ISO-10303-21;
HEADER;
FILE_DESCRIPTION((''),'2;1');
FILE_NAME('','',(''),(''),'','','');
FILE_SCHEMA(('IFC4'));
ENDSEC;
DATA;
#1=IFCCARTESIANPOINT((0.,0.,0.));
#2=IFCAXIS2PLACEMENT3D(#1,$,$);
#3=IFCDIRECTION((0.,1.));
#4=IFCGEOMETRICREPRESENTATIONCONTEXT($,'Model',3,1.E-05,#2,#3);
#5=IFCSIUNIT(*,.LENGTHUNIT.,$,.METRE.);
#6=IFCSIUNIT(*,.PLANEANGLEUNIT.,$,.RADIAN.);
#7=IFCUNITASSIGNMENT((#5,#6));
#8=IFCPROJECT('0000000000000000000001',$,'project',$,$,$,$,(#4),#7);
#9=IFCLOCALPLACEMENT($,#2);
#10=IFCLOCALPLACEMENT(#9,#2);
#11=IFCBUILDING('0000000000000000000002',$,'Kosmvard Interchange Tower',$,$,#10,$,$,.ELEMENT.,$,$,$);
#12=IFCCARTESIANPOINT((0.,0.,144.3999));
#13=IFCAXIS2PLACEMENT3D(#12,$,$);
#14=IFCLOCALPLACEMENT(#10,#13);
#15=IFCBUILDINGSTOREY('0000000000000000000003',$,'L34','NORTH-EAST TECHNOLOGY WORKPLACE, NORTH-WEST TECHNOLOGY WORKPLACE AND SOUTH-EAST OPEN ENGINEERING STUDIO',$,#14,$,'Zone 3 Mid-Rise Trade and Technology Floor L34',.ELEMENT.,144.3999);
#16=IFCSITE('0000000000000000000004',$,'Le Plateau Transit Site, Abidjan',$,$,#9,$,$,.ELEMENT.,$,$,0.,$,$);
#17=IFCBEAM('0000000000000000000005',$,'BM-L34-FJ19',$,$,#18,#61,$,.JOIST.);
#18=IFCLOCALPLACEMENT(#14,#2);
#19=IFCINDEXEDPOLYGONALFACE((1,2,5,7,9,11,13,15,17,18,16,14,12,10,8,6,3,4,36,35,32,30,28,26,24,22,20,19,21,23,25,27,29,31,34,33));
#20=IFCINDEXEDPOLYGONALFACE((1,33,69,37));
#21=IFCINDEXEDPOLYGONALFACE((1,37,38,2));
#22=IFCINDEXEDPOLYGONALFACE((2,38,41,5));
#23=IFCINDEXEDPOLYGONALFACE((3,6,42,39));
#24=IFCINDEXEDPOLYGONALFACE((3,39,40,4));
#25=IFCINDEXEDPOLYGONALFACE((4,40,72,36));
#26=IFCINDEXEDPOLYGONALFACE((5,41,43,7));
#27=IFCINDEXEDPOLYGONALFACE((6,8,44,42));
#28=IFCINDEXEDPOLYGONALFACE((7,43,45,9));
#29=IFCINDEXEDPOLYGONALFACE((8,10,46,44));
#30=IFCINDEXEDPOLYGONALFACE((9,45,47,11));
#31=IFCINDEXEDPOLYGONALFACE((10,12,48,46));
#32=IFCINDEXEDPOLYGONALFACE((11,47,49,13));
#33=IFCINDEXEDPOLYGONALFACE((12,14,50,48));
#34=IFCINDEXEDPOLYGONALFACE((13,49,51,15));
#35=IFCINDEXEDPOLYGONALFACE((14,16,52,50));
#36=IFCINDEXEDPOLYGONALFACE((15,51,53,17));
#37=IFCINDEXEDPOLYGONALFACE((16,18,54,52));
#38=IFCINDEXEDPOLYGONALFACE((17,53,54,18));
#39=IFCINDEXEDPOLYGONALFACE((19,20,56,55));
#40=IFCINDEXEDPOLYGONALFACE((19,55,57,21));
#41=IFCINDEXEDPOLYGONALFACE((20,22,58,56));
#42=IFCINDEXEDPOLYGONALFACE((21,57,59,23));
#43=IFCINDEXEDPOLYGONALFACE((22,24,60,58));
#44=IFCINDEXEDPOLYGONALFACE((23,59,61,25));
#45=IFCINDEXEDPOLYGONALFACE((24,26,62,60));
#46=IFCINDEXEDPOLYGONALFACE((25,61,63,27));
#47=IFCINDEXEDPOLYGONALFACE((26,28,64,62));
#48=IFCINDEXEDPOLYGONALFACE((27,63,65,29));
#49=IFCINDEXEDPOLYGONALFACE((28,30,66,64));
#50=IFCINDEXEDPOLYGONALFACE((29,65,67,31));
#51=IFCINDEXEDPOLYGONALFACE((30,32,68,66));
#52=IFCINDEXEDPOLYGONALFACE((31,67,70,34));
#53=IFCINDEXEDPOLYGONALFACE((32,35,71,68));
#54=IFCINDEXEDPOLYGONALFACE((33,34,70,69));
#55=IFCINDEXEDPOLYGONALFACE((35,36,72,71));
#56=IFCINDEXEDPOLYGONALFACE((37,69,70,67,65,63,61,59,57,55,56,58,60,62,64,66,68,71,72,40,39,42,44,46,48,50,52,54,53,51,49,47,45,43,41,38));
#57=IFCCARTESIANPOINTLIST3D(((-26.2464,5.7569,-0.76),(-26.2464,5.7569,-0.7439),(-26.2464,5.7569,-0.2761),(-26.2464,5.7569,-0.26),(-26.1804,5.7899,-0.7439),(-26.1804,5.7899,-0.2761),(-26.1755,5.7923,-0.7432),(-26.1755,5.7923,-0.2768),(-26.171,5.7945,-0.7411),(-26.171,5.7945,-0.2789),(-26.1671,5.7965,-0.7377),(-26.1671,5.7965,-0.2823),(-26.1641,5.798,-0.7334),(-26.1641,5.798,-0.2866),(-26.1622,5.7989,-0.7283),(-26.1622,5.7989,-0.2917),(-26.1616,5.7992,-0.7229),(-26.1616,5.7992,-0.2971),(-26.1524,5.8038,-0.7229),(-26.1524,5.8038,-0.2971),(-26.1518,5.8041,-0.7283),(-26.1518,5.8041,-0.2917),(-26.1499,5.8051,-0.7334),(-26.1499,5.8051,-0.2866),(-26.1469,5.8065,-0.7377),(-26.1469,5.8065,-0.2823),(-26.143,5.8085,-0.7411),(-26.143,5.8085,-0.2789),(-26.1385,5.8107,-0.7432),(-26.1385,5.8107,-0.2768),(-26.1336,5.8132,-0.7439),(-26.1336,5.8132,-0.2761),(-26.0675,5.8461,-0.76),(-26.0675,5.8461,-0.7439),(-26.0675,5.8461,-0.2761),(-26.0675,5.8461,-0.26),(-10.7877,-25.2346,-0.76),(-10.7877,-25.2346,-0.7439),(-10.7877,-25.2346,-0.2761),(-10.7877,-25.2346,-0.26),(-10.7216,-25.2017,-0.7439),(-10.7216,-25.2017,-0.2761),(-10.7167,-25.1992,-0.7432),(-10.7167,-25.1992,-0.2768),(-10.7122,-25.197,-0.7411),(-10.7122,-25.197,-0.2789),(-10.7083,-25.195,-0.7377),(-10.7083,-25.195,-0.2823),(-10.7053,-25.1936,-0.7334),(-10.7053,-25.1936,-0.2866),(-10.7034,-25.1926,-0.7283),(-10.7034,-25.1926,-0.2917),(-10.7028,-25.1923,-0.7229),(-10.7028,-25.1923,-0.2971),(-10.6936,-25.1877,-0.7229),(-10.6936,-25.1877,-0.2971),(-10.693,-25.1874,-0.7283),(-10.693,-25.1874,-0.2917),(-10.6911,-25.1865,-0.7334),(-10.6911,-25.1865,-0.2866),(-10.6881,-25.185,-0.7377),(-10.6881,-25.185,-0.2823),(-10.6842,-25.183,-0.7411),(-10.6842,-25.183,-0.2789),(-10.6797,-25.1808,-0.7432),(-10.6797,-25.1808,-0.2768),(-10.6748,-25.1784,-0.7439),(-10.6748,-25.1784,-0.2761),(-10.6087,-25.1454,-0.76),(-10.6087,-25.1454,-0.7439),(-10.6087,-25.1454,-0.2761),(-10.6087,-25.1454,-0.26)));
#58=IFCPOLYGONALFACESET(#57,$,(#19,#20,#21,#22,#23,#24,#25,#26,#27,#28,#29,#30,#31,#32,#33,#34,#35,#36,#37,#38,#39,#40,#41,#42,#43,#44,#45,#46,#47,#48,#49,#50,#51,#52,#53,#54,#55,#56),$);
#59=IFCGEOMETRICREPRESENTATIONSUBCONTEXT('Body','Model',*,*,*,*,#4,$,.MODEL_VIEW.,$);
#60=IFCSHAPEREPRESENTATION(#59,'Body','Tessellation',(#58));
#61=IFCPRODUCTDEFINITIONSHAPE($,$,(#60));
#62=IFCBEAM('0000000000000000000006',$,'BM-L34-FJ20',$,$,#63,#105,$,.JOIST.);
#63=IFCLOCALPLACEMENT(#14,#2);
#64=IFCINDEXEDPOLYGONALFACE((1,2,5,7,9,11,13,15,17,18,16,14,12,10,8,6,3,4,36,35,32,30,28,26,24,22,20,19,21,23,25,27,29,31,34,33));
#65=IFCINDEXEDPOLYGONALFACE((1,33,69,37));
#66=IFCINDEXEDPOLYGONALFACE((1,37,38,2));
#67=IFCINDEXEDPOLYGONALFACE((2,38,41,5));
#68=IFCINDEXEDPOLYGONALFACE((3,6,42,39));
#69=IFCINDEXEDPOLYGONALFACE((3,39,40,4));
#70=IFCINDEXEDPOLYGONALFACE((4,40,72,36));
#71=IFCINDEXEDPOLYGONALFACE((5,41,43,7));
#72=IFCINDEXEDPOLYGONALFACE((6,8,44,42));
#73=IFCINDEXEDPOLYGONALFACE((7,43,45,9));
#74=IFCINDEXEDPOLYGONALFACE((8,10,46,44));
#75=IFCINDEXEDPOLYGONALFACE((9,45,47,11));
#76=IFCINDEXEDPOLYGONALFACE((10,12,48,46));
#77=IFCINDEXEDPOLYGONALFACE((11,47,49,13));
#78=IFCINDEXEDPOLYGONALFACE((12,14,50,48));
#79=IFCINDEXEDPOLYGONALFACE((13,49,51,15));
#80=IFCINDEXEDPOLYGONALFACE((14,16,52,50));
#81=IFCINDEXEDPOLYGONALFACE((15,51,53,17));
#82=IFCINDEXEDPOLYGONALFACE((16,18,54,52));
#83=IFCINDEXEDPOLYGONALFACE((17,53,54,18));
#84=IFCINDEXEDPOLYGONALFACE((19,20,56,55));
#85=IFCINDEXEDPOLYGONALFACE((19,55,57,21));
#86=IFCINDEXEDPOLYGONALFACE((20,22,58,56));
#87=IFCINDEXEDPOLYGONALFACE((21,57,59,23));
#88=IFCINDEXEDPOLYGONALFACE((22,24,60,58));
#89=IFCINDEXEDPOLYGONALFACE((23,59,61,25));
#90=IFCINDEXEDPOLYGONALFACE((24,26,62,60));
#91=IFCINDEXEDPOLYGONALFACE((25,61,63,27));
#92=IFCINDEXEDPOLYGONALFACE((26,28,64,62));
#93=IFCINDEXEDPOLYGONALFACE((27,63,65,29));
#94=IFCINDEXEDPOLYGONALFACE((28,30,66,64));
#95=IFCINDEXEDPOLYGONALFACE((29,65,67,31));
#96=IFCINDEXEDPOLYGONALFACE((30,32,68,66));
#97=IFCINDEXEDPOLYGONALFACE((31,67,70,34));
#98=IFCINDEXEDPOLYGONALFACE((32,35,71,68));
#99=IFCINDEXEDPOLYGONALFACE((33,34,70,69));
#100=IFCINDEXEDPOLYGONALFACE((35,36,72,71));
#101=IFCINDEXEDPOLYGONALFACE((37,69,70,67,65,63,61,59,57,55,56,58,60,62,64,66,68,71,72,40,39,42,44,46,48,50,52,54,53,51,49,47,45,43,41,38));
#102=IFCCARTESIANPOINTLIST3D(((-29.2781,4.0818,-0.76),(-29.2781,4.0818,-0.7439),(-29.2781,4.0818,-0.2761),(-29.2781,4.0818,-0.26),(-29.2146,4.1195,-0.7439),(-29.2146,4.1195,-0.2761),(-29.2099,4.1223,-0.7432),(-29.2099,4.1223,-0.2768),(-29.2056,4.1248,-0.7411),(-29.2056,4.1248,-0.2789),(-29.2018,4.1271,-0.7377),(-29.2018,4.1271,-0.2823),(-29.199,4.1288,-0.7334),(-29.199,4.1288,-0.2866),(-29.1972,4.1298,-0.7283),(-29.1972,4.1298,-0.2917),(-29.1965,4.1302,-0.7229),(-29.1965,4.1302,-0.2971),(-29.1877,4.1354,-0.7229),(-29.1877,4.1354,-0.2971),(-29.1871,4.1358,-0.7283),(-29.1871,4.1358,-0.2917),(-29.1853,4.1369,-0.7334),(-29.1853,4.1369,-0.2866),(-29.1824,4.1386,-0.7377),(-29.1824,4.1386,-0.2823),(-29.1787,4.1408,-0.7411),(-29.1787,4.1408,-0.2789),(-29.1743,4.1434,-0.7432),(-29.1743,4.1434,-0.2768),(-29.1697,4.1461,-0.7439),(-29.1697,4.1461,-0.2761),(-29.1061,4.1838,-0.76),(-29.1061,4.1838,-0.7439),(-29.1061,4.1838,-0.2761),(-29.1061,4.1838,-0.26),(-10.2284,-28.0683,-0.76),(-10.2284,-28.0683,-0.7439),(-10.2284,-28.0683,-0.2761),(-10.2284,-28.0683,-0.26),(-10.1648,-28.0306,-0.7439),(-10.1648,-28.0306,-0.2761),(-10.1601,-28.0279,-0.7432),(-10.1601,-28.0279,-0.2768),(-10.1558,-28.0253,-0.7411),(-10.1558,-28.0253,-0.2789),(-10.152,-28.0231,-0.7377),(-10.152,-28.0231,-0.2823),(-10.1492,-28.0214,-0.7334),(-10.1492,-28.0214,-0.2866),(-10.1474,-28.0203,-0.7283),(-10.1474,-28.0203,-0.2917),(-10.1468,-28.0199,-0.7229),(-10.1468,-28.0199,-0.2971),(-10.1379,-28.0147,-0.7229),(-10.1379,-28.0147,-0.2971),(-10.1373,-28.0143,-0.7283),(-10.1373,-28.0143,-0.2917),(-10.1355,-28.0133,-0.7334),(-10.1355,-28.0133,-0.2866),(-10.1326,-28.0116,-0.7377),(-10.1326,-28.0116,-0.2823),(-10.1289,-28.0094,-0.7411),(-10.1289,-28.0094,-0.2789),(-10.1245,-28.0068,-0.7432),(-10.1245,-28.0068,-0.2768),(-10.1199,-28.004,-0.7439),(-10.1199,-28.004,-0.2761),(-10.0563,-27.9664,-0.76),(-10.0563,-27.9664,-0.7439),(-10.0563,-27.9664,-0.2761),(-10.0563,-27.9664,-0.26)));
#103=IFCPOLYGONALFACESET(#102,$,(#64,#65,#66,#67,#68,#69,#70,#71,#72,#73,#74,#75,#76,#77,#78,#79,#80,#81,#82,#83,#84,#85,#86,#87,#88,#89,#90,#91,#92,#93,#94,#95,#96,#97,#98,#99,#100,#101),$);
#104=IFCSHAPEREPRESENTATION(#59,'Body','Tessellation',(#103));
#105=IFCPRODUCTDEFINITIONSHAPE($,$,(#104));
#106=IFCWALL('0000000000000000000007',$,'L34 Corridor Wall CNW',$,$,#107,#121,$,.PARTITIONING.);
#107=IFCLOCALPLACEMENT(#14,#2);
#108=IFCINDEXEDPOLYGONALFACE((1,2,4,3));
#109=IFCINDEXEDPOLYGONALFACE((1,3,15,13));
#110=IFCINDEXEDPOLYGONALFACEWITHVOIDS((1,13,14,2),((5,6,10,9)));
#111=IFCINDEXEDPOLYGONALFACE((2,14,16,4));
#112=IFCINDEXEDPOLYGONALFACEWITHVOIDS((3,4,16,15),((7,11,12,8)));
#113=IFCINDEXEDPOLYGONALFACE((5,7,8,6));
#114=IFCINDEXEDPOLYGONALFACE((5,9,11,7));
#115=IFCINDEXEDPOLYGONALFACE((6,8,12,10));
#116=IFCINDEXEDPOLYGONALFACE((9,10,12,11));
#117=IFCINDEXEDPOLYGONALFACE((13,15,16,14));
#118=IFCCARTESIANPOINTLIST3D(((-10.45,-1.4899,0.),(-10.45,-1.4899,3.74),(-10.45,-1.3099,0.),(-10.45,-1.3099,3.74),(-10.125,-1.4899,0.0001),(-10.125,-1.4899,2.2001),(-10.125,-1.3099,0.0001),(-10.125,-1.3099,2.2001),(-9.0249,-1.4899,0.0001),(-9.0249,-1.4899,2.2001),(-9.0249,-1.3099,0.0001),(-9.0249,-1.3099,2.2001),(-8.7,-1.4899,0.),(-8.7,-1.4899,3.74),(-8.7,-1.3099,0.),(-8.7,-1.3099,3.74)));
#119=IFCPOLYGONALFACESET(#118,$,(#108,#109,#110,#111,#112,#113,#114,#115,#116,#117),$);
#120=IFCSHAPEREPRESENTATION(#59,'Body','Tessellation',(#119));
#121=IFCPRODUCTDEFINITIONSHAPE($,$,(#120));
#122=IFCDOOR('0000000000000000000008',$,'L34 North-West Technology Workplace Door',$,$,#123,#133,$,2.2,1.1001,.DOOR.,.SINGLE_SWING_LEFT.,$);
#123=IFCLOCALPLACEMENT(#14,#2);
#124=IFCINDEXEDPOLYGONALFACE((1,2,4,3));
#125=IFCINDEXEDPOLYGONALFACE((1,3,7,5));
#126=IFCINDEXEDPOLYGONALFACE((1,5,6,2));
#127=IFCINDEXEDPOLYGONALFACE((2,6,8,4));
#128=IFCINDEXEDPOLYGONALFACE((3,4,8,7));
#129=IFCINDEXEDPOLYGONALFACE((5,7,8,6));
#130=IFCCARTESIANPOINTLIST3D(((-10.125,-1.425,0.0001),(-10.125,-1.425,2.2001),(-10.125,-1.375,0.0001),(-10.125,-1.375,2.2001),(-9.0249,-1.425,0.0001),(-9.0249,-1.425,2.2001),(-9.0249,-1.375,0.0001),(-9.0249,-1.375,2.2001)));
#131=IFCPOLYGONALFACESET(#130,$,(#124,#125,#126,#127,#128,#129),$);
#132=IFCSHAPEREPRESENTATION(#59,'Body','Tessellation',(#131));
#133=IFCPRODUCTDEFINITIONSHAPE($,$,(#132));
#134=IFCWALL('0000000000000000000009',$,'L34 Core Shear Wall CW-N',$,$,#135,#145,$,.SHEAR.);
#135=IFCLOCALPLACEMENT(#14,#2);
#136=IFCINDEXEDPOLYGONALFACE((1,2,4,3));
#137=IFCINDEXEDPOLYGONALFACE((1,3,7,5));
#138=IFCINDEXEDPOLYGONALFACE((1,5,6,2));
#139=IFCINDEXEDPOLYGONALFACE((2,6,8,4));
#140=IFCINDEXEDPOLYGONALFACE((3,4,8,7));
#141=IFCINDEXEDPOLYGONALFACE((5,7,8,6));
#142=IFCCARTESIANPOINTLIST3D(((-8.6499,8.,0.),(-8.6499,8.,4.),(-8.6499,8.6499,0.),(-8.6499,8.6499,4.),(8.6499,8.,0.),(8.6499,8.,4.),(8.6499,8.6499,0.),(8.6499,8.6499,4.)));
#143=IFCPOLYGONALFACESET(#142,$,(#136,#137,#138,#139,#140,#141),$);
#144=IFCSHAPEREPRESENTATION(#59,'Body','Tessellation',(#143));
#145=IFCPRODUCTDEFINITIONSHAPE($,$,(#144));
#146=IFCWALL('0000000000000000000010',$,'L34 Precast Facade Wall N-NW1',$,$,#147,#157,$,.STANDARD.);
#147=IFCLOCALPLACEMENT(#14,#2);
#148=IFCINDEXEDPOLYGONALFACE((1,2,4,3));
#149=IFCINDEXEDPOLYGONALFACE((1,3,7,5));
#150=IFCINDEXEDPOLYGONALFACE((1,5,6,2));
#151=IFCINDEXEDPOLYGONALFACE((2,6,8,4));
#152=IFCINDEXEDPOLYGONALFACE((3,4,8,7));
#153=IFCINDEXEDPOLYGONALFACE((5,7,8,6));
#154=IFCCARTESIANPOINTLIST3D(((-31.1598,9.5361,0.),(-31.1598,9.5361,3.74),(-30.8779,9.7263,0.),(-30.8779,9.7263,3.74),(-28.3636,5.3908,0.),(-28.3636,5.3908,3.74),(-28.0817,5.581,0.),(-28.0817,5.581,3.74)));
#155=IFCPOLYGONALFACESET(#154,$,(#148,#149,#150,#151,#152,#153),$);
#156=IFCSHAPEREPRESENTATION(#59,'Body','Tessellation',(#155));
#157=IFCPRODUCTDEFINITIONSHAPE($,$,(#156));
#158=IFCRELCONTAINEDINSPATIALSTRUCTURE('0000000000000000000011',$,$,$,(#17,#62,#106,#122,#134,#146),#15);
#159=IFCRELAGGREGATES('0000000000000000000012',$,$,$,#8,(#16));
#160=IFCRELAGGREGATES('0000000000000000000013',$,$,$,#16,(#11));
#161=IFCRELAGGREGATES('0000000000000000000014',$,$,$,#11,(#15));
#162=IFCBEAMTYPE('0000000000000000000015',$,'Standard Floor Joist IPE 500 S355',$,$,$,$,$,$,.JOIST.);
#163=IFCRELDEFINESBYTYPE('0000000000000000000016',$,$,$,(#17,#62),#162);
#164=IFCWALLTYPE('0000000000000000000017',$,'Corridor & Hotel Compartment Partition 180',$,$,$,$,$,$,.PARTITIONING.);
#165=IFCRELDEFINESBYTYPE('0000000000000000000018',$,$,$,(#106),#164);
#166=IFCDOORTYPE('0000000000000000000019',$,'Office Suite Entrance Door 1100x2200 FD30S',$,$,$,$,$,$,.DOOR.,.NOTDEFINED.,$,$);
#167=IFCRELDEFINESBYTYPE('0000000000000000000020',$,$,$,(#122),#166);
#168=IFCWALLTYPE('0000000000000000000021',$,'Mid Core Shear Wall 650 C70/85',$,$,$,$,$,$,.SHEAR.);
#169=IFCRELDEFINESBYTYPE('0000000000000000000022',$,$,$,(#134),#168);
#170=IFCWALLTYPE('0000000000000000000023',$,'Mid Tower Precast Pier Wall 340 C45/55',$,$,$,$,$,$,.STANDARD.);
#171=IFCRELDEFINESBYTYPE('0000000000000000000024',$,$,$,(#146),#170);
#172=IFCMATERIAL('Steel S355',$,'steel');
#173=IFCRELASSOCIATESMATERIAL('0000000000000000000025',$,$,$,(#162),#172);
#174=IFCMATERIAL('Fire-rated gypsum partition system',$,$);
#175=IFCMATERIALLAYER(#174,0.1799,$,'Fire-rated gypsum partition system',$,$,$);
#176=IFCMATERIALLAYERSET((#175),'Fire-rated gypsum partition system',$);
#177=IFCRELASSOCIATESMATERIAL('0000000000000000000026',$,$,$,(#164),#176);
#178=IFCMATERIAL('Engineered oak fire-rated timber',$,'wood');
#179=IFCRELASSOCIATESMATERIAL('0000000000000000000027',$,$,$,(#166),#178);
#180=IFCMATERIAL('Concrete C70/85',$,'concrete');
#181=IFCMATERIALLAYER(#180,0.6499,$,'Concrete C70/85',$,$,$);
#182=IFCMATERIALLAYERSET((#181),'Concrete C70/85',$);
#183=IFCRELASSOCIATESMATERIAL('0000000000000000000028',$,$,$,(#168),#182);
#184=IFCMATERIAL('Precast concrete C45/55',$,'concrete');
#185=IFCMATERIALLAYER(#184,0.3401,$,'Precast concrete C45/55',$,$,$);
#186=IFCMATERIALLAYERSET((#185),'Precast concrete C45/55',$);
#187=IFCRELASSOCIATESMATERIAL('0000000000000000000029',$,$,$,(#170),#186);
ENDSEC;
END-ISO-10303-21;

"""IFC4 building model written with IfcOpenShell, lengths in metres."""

from ifc_helpers import new_model, si_unit, direction, frame, frame_2d, origin, origin_2d, place, context, subcontext, project, spatial, rectangle, i_section, extrude, source, transform, mapped, material, layer, layer_set, material_profile, profile_set, type_object, element, fill, save


model = new_model("IFC4")

# Units and contexts
model_context = context("Model", 3, precision=1e-05, world=origin(), true_north=direction((0.0, 1.0)))
body_context = subcontext(model_context, "Body", "Model", "MODEL_VIEW")
ifc_project = project(units=[si_unit("LENGTHUNIT", "METRE"), si_unit("PLANEANGLEUNIT", "RADIAN")], contexts=[model_context])

# Site, building, storey
site_placement = place(None, origin())
site = spatial("IfcSite", under=ifc_project, at=site_placement, Name="Le Plateau Transit Site, Abidjan", CompositionType="ELEMENT", RefElevation=0.0)
building_placement = place(site_placement, origin())
building = spatial("IfcBuilding", under=site, at=building_placement, Name="Kosmvard Interchange Tower", CompositionType="ELEMENT")
storey_placement = place(building_placement, frame((0.0, 0.0, 144.3999)))
storey = spatial("IfcBuildingStorey", under=building, at=storey_placement, Name="L34", Description="NORTH-EAST TECHNOLOGY WORKPLACE, NORTH-WEST TECHNOLOGY WORKPLACE AND SOUTH-EAST OPEN ENGINEERING STUDIO", LongName="Zone 3 Mid-Rise Trade and Technology Floor L34", CompositionType="ELEMENT", Elevation=144.3999)

# Beams
ifc_material_1 = material(Name="Steel S355", Category="steel")
ifc_material_2 = material(Name="Precast concrete C45/55", Category="concrete")
ifc_material_profile_1 = material_profile(ifc_material_1, i_section(OverallWidth=0.2, OverallDepth=0.5, WebThickness=0.0103, FlangeThickness=0.0161, FilletRadius=0.021, at=origin_2d()), Name="IPE 500")
ifc_profile_set_1 = profile_set([ifc_material_profile_1], Name="Steel S355")
beam_type_1 = type_object("IfcBeamType", Name="Standard Floor Joist IPE 500 S355", PredefinedType="JOIST", material=ifc_profile_set_1)
shared_shape_1 = source(origin(), body_context, "Body", "SweptSolid", [
    extrude(i_section(OverallWidth=0.2, OverallDepth=0.5, WebThickness=0.0103, FlangeThickness=0.0161, FilletRadius=0.021, at=origin_2d()), origin(), (0.0, 0.0, 1.0), 34.6331),
])
beam_1_placement = place(storey_placement, frame((-26.157, 5.8015, -0.51), z_axis=(0.446359, -0.894854, 0.0), x_axis=(0.894854, 0.446359, 0.0)))
element("IfcBeam", 1, at=beam_1_placement, inside=storey, type_object=beam_type_1, Name="BM-L34-FJ19", PredefinedType="JOIST", context=body_context, shape_type="MappedRepresentation", body=[
    mapped(shared_shape_1, transform((0.0, 0.0, 0.0), scale=1.0)),
])
shared_shape_2 = source(origin(), body_context, "Body", "SweptSolid", [
    extrude(i_section(OverallWidth=0.2, OverallDepth=0.5, WebThickness=0.0103, FlangeThickness=0.0161, FilletRadius=0.021, at=origin_2d()), origin(), (0.0, 0.0, 1.0), 37.3701),
])
beam_2_placement = place(storey_placement, frame((-29.1921, 4.1328, -0.51), z_axis=(0.50976, -0.860317, 0.0), x_axis=(0.860317, 0.50976, 0.0)))
element("IfcBeam", 2, at=beam_2_placement, inside=storey, type_object=beam_type_1, Name="BM-L34-FJ20", PredefinedType="JOIST", context=body_context, shape_type="MappedRepresentation", body=[
    mapped(shared_shape_2, transform((0.0, 0.0, 0.0), scale=1.0)),
])

# Wall, opening, door
ifc_material_3 = material(Name="Fire-rated gypsum partition system")
ifc_layer_1 = layer(ifc_material_3, 0.1799, Name="Fire-rated gypsum partition system")
ifc_layer_set_1 = layer_set([ifc_layer_1], Name="Fire-rated gypsum partition system")
wall_type_1 = type_object("IfcWallType", Name="Corridor & Hotel Compartment Partition 180", PredefinedType="PARTITIONING", material=ifc_layer_set_1)
wall_1_placement = place(storey_placement, frame((-10.45, -1.3999, 0.0), z_axis=(0.0, 0.0, 1.0), x_axis=(1.0, 0.0, 0.0)))
wall_1 = element("IfcWall", 3, at=wall_1_placement, inside=storey, type_object=wall_type_1, Name="L34 Corridor Wall CNW", PredefinedType="PARTITIONING", context=body_context, shape_type="SweptSolid", body=[
    extrude(rectangle(XDim=1.75, YDim=0.1799, at=frame_2d((0.875, 0.0))), origin(), (0.0, 0.0, 1.0), 3.74),
])
opening_1_placement = place(wall_1_placement, frame((0.325, 0.0, 0.0)))
opening_1 = element("IfcOpeningElement", 4, at=opening_1_placement, cuts=wall_1, PredefinedType="OPENING", context=body_context, shape_type="SweptSolid", body=[
    extrude(rectangle(XDim=1.1001, YDim=2.2, at=frame_2d((0.55, 1.1001))), frame((0.0, 0.1001, 0.0), z_axis=(0.0, -1.0, 0.0), x_axis=(1.0, 0.0, 0.0)), (0.0, 0.0, 1.0), 0.2),
])
ifc_material_4 = material(Name="Engineered oak fire-rated timber", Category="wood")
door_type_1 = type_object("IfcDoorType", Name="Office Suite Entrance Door 1100x2200 FD30S", OperationType="NOTDEFINED", PredefinedType="DOOR", material=ifc_material_4)
shared_shape_3 = source(origin(), body_context, "Body", "SweptSolid", [
    extrude(rectangle(XDim=1.1001, YDim=2.2, at=frame_2d((0.55, 1.1001))), frame((0.0, 0.0249, 0.0), z_axis=(0.0, -1.0, 0.0), x_axis=(1.0, 0.0, 0.0)), (0.0, 0.0, 1.0), 0.05),
])
door_1_placement = place(opening_1_placement, origin())
door_1 = element("IfcDoor", 5, at=door_1_placement, inside=storey, type_object=door_type_1, Name="L34 North-West Technology Workplace Door", OperationType="SINGLE_SWING_LEFT", OverallHeight=2.2, OverallWidth=1.1001, PredefinedType="DOOR", context=body_context, shape_type="MappedRepresentation", body=[
    mapped(shared_shape_3, transform((0.0, 0.0, 0.0), scale=1.0)),
])
fill(opening_1, door_1)

# Walls
ifc_material_5 = material(Name="Concrete C70/85", Category="concrete")
ifc_layer_2 = layer(ifc_material_5, 0.6499, Name="Concrete C70/85")
ifc_layer_set_2 = layer_set([ifc_layer_2], Name="Concrete C70/85")
wall_type_2 = type_object("IfcWallType", Name="Mid Core Shear Wall 650 C70/85", PredefinedType="SHEAR", material=ifc_layer_set_2)
wall_2_placement = place(storey_placement, frame((-8.6499, 8.325, 0.0), z_axis=(0.0, 0.0, 1.0), x_axis=(1.0, 0.0, 0.0)))
element("IfcWall", 6, at=wall_2_placement, inside=storey, type_object=wall_type_2, Name="L34 Core Shear Wall CW-N", PredefinedType="SHEAR", context=body_context, shape_type="SweptSolid", body=[
    extrude(rectangle(XDim=17.2998, YDim=0.6499, at=frame_2d((8.6499, 0.0))), origin(), (0.0, 0.0, 1.0), 4.0),
])
ifc_layer_3 = layer(ifc_material_2, 0.3401, Name="Precast concrete C45/55")
ifc_layer_set_3 = layer_set([ifc_layer_3], Name="Precast concrete C45/55")
wall_type_3 = type_object("IfcWallType", Name="Mid Tower Precast Pier Wall 340 C45/55", PredefinedType="STANDARD", material=ifc_layer_set_3)
wall_3_placement = place(storey_placement, frame((-31.0188, 9.6311, 0.0), z_axis=(0.0, 0.0, 1.0), x_axis=(0.55921, -0.829026, 0.0)))
element("IfcWall", 7, at=wall_3_placement, inside=storey, type_object=wall_type_3, Name="L34 Precast Facade Wall N-NW1", PredefinedType="STANDARD", context=body_context, shape_type="SweptSolid", body=[
    extrude(rectangle(XDim=5.0002, YDim=0.3401, at=frame_2d((2.5, 0.0))), origin(), (0.0, 0.0, 1.0), 3.74),
])

save(model, "model.ifc")
